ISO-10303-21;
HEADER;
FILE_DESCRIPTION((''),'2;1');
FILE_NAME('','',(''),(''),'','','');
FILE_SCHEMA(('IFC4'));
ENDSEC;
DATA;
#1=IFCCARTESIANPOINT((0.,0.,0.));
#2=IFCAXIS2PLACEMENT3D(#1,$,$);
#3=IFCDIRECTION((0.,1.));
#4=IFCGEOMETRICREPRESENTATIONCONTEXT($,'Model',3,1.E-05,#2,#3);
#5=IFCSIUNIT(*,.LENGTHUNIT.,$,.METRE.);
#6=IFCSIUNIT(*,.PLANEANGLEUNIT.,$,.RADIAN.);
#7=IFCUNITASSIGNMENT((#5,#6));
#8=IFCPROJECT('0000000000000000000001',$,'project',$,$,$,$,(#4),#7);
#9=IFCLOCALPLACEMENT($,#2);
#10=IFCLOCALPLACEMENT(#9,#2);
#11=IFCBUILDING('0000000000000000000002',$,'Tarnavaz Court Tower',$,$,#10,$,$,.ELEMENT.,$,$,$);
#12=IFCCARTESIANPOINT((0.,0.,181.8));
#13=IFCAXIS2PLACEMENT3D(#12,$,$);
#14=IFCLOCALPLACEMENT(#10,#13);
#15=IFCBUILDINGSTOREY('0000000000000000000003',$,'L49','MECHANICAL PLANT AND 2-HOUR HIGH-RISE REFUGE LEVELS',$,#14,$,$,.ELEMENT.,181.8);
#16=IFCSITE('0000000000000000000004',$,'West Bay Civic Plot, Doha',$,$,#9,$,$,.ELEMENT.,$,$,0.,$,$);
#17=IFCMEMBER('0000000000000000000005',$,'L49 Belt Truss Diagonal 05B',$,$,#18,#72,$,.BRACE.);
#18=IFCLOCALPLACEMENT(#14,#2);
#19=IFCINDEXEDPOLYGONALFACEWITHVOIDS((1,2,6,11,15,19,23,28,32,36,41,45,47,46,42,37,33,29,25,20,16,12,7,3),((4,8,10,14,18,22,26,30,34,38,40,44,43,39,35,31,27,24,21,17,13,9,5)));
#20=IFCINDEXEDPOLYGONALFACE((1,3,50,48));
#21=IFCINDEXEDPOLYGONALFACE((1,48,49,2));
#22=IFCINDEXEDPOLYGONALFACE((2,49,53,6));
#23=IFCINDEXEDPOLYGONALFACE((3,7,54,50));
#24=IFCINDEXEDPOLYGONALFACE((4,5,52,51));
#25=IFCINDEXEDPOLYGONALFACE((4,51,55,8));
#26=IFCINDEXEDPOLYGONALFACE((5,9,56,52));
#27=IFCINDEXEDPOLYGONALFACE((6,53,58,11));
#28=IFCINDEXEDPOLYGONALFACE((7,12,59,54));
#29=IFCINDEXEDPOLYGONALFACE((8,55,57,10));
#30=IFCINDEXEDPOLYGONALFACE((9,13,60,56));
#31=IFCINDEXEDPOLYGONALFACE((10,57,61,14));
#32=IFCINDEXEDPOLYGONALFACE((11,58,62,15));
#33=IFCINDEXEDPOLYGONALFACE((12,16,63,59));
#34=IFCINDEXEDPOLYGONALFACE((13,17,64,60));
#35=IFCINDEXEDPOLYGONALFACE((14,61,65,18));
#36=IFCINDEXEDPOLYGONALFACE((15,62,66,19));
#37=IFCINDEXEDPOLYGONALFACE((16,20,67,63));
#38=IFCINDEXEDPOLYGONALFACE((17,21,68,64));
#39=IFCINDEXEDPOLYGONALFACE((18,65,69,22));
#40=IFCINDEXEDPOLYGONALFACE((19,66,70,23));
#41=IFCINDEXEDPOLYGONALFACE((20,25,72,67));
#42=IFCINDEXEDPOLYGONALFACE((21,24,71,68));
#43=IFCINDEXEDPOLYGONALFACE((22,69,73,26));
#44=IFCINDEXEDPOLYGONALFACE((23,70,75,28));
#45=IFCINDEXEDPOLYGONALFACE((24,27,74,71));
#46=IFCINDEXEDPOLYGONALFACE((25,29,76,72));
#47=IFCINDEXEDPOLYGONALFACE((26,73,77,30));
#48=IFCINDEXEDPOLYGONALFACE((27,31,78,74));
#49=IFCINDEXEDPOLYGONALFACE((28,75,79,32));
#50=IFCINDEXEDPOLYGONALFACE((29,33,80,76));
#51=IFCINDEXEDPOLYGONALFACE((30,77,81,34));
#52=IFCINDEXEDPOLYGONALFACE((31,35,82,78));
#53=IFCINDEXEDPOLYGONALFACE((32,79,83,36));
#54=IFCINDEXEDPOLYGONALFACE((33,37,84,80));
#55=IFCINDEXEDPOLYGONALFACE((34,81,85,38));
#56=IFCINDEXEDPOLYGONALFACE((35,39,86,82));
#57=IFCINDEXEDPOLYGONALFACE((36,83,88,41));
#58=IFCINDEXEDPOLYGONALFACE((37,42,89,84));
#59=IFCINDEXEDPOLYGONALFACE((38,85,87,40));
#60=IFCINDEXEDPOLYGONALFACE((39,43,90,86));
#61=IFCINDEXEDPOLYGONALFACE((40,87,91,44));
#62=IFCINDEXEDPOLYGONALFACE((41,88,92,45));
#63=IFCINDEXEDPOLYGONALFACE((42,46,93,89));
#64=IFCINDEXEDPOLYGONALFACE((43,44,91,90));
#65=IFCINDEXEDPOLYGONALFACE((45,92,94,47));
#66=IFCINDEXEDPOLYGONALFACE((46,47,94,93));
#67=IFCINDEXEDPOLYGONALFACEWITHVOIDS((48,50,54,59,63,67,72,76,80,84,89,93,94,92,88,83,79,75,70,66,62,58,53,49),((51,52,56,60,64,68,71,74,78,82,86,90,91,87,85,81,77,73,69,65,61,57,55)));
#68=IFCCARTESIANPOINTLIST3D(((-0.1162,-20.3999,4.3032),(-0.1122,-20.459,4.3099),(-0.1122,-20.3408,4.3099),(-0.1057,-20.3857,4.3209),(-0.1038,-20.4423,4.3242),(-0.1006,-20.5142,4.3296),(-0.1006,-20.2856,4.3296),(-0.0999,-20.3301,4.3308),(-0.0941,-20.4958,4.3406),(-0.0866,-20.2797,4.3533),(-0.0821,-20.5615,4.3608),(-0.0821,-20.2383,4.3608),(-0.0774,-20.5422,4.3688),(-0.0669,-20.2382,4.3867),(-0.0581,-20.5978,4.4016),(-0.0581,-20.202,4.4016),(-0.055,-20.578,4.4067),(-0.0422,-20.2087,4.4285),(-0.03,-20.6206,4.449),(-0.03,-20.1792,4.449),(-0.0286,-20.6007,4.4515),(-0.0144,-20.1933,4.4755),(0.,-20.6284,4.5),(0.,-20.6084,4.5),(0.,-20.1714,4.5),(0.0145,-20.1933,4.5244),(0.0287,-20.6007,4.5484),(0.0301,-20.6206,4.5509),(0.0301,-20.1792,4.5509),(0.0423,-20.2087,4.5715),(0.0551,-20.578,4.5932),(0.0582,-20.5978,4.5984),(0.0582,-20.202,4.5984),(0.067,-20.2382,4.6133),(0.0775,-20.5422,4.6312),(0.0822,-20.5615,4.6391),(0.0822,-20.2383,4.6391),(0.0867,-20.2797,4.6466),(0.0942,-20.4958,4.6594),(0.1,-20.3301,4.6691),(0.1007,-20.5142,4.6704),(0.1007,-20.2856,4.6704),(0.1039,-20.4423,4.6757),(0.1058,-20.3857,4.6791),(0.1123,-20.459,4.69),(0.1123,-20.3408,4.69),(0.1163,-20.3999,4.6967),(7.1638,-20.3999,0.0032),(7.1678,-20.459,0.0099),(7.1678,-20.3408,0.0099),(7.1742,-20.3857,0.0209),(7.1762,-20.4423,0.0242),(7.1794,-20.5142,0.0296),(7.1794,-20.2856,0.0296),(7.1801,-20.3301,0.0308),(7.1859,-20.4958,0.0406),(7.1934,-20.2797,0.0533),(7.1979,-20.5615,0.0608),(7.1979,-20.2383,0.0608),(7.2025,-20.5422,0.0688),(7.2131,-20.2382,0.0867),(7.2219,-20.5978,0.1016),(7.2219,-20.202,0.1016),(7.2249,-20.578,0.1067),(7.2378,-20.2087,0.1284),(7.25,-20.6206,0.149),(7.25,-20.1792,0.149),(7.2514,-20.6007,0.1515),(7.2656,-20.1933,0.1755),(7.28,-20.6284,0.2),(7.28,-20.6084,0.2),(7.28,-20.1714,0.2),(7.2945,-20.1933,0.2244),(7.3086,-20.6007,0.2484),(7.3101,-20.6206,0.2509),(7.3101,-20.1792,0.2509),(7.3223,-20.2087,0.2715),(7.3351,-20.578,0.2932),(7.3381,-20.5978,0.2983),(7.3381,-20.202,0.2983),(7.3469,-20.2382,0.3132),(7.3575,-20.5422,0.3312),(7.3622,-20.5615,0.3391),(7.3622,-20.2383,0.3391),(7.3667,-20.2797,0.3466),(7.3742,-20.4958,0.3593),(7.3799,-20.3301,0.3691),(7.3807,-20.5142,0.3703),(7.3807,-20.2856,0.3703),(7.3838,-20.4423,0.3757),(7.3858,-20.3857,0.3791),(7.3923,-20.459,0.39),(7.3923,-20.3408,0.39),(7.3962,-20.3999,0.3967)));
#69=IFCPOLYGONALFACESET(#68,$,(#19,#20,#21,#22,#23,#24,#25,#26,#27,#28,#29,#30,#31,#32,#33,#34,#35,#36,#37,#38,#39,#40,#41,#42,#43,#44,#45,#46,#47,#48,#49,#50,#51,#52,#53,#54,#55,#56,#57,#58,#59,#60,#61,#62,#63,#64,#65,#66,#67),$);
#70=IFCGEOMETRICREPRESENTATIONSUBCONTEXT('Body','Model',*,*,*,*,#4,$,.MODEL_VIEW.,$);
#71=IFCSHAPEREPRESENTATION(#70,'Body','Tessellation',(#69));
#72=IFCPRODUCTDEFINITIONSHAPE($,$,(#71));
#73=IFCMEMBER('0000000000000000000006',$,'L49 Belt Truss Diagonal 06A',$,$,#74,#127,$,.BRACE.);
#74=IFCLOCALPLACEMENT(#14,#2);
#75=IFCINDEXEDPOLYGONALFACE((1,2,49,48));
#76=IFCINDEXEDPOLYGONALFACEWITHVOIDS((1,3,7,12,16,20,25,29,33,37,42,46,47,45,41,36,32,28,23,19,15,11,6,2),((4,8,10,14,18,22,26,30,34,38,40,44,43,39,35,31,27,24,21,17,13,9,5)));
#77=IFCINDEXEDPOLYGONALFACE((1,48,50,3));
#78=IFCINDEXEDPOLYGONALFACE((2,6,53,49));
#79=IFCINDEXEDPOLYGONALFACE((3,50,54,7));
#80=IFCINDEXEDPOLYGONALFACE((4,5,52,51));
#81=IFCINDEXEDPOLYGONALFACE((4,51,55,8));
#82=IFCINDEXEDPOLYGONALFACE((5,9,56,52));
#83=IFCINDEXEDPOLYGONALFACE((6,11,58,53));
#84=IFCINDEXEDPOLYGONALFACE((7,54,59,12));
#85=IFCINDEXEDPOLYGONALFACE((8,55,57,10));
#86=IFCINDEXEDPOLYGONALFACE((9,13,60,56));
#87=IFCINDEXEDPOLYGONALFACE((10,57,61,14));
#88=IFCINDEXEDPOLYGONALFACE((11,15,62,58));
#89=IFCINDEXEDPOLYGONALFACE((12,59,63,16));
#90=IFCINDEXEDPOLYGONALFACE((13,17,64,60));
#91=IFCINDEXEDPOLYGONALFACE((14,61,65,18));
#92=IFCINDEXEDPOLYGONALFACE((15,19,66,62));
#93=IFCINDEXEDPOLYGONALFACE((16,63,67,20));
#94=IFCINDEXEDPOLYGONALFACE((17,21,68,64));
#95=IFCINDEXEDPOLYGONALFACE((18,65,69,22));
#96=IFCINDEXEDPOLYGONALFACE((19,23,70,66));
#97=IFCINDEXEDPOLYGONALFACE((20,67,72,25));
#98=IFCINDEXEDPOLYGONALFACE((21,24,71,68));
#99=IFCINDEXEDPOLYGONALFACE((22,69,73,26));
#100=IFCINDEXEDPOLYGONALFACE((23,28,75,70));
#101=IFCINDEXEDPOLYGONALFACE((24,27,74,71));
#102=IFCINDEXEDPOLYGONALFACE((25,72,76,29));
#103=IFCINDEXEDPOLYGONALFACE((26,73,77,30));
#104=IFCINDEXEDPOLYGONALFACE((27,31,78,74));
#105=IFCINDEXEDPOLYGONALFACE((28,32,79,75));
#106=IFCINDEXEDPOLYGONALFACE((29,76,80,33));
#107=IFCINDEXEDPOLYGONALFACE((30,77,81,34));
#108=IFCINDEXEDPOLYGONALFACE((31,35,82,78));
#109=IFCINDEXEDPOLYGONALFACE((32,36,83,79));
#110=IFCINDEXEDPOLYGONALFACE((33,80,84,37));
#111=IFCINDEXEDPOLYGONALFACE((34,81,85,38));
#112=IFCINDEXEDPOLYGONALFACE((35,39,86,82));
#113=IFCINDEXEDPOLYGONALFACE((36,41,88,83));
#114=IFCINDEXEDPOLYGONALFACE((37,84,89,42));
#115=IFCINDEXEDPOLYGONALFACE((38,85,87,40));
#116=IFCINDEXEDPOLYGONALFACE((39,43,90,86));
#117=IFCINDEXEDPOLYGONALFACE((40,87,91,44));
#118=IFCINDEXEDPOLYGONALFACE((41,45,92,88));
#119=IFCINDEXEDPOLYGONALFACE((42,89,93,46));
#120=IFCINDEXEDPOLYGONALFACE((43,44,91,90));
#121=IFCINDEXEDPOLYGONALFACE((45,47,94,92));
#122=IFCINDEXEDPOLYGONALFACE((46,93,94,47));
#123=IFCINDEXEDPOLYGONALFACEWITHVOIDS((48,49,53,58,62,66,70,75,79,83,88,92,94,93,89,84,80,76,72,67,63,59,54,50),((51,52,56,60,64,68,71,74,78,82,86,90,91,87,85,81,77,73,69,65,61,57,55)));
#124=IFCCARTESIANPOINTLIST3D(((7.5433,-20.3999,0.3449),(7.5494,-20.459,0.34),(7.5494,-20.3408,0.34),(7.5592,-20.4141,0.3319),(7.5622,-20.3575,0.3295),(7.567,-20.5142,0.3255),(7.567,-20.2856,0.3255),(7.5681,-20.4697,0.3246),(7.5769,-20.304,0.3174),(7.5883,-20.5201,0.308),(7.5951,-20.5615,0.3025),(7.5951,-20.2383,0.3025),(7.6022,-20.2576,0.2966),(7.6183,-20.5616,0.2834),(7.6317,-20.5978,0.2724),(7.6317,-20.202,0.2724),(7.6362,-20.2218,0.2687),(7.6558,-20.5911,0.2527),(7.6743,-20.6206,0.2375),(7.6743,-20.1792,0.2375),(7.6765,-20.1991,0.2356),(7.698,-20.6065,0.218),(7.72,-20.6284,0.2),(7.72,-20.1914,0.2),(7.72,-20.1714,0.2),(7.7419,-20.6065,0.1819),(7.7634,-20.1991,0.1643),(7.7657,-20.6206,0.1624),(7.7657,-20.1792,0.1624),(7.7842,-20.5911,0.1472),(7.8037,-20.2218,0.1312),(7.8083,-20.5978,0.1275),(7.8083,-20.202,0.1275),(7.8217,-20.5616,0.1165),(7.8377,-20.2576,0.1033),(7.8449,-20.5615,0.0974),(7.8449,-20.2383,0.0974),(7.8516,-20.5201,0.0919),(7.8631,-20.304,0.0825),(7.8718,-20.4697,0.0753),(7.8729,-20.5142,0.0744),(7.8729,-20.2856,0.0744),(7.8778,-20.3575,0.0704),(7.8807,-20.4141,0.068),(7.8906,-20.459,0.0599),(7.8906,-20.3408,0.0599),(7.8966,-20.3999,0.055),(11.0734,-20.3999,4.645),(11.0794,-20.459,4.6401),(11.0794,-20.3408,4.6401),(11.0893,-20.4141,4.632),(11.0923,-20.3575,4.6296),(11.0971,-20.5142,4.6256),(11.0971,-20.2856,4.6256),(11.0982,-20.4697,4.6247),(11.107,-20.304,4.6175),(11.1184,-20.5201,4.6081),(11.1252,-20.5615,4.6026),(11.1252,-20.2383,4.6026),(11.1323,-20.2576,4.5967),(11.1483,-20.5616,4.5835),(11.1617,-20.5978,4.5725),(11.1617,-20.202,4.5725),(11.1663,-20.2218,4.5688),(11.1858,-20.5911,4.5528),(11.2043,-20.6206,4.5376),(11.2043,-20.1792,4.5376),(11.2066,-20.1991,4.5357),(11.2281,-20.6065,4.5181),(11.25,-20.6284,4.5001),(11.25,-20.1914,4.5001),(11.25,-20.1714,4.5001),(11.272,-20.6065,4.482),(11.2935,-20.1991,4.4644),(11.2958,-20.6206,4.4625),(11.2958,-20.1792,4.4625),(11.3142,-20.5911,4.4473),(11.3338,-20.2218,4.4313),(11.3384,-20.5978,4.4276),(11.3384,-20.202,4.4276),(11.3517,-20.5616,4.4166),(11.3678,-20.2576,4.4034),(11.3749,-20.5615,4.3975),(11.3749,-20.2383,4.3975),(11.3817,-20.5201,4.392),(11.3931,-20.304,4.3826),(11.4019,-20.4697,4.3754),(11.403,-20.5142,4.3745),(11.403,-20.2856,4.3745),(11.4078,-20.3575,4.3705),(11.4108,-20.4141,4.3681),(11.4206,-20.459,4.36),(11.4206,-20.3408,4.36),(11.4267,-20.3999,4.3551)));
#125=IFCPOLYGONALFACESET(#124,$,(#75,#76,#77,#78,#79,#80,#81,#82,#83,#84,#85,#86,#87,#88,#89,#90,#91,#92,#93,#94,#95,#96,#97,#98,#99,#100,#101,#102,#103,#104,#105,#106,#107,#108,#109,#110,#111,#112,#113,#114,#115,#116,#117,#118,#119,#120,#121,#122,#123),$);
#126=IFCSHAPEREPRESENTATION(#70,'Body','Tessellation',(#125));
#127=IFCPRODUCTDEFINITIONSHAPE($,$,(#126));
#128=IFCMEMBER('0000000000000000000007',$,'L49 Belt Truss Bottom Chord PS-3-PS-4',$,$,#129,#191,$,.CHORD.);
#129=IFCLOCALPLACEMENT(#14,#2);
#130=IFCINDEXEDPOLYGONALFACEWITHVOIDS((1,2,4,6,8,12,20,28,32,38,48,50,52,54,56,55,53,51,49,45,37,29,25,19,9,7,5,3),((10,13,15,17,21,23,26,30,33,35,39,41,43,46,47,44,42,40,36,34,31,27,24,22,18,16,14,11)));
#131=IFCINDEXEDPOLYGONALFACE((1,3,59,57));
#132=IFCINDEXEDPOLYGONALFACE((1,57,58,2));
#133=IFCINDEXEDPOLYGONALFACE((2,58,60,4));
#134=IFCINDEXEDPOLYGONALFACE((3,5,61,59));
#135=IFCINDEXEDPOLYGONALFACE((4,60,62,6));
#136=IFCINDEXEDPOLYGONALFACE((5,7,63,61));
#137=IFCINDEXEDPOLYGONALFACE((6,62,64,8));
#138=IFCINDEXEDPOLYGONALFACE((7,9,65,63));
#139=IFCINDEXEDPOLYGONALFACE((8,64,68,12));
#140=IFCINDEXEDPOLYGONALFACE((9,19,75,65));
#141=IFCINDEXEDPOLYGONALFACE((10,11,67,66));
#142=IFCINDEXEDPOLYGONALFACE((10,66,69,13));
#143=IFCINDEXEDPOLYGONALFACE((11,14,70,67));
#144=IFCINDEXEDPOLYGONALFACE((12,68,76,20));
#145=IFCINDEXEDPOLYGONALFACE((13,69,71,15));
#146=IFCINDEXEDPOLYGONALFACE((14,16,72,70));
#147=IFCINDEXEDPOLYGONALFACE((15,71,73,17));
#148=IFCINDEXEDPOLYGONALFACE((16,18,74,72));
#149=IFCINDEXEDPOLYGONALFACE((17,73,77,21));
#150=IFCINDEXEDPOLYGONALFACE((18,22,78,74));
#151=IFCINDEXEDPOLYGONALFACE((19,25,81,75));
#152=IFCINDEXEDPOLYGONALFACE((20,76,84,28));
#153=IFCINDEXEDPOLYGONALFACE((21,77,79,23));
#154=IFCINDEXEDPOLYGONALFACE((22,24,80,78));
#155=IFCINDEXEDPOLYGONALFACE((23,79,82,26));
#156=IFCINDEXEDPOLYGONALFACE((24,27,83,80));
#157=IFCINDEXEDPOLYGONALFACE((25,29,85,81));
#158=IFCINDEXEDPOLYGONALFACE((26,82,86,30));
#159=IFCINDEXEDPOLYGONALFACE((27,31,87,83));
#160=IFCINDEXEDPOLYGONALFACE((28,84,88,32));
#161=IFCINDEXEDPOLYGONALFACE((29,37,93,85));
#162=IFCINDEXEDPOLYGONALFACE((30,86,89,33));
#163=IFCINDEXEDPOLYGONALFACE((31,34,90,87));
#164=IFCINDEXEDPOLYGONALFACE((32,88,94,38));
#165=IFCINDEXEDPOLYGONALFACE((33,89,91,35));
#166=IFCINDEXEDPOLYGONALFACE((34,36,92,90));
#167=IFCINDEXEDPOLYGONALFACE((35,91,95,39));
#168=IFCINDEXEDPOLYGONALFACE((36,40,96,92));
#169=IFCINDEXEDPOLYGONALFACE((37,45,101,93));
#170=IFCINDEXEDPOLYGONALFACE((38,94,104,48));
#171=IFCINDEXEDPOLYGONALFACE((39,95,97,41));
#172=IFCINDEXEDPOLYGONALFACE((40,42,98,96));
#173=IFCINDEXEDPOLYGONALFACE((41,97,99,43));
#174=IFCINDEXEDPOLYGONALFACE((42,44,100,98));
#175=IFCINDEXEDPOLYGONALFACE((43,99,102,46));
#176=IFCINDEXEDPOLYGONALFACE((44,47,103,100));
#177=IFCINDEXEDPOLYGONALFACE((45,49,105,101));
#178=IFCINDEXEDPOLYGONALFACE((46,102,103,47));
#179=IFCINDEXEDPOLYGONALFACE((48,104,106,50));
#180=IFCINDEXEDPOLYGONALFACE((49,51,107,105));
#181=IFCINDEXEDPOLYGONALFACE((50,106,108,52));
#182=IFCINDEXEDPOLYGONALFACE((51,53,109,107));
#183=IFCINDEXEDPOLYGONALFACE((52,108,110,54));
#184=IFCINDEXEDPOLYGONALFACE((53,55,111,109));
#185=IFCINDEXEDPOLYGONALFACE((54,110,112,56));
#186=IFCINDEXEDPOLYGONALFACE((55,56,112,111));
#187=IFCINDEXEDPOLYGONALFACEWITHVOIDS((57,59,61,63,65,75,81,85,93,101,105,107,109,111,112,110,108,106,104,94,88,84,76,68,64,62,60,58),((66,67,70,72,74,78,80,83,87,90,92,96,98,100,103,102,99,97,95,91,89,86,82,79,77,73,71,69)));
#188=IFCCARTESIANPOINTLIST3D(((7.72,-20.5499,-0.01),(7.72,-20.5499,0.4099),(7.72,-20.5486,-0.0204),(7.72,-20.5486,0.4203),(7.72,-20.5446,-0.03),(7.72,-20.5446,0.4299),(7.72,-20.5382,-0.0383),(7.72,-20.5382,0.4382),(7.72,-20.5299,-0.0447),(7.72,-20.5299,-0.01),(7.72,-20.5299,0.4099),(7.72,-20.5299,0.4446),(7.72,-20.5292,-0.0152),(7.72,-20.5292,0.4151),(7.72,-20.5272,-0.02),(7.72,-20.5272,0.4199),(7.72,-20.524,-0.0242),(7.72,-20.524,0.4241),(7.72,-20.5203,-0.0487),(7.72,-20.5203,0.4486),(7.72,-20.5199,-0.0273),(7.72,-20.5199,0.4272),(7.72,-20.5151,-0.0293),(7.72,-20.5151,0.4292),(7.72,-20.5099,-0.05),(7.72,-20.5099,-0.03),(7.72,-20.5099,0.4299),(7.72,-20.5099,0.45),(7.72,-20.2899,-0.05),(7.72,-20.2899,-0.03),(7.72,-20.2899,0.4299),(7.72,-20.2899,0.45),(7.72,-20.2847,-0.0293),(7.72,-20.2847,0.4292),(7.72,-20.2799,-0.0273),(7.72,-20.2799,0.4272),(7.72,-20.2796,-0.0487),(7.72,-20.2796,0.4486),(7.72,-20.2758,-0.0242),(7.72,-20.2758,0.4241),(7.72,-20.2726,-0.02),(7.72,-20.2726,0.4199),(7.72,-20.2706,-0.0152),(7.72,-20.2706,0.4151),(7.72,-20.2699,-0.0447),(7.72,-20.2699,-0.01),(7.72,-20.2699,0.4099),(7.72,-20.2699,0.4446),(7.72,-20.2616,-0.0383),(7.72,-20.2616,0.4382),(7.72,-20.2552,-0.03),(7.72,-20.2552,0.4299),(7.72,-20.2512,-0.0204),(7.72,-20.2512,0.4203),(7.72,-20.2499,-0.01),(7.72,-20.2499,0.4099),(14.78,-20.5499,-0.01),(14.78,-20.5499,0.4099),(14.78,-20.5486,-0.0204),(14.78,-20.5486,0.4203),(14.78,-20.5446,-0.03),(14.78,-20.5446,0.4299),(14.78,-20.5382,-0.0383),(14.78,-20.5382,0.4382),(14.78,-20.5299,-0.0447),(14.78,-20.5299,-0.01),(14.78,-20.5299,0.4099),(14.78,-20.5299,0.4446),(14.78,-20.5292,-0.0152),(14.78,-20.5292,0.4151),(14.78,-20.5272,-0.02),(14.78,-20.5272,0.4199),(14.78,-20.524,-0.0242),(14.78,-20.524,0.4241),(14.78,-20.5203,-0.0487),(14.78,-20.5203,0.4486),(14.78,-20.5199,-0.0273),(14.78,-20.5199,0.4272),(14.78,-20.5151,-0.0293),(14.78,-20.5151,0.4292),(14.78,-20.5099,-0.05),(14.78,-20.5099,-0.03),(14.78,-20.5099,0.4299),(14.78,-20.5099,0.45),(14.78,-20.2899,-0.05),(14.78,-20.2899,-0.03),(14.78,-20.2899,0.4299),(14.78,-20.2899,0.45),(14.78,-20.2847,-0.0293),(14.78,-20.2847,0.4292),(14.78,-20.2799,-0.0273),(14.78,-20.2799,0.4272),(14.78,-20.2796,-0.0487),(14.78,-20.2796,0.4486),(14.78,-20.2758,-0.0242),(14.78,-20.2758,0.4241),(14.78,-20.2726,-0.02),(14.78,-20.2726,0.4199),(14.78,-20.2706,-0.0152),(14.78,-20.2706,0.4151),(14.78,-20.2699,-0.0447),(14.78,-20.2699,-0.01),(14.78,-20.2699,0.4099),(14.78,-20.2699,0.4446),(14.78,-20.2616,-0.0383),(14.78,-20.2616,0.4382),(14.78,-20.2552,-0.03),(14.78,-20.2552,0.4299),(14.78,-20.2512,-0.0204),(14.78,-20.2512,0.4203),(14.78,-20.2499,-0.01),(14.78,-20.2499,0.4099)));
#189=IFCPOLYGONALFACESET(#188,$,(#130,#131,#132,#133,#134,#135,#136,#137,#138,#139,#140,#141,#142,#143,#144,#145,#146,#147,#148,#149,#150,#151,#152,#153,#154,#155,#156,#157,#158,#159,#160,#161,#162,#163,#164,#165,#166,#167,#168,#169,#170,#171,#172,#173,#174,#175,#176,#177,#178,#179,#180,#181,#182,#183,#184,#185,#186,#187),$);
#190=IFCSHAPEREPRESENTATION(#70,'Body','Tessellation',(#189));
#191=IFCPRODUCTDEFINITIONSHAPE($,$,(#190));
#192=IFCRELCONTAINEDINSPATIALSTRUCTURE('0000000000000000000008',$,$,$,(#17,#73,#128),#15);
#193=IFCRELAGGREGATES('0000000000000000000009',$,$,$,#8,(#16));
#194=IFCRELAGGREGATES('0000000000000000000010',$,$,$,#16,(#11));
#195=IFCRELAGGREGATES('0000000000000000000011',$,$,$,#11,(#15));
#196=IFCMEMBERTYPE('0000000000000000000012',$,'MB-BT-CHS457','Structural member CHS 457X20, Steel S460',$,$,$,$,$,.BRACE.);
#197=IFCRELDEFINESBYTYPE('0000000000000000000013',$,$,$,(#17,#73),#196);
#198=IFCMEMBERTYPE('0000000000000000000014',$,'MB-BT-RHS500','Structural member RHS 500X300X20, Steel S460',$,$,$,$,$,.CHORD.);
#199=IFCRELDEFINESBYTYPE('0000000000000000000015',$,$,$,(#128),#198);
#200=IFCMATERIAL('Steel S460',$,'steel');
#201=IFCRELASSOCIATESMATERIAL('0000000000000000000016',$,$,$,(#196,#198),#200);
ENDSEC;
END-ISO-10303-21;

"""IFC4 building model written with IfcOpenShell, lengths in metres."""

from ifc_helpers import new_model, si_unit, direction, frame, origin, origin_2d, place, context, subcontext, project, spatial, hollow_rectangle, hollow_circle, extrude, material, material_profile, profile_set, type_object, element, save


model = new_model("IFC4")

# Units and contexts
model_context = context("Model", 3, precision=1e-05, world=origin(), true_north=direction((0.0, 1.0)))
body_context = subcontext(model_context, "Body", "Model", "MODEL_VIEW")
ifc_project = project(units=[si_unit("LENGTHUNIT", "METRE"), si_unit("PLANEANGLEUNIT", "RADIAN")], contexts=[model_context])

# Site, building, storey
site_placement = place(None, origin())
site = spatial("IfcSite", under=ifc_project, at=site_placement, Name="West Bay Civic Plot, Doha", CompositionType="ELEMENT", RefElevation=0.0)
building_placement = place(site_placement, origin())
building = spatial("IfcBuilding", under=site, at=building_placement, Name="Tarnavaz Court Tower", CompositionType="ELEMENT")
storey_placement = place(building_placement, frame((0.0, 0.0, 181.8)))
storey = spatial("IfcBuildingStorey", under=building, at=storey_placement, Name="L49", Description="MECHANICAL PLANT AND 2-HOUR HIGH-RISE REFUGE LEVELS", CompositionType="ELEMENT", Elevation=181.8)

# Shared definitions
ifc_material_1 = material(Name="Steel S460", Category="steel")

# Members
ifc_material_profile_1 = material_profile(ifc_material_1, hollow_circle(Radius=0.2285, WallThickness=0.02, at=origin_2d()), Name="CHS 457X20")
ifc_profile_set_1 = profile_set([ifc_material_profile_1], Name="Steel S460")
member_type_1 = type_object("IfcMemberType", Name="MB-BT-CHS457", Description="Structural member CHS 457X20, Steel S460", PredefinedType="BRACE", material=ifc_profile_set_1)
member_1_placement = place(storey_placement, frame((7.28, -20.3999, 0.2), z_axis=(-0.861019, 0.0, 0.508573), x_axis=(0.0, -1.0, 0.0)))
element("IfcMember", 1, at=member_1_placement, inside=storey, type_object=member_type_1, Name="L49 Belt Truss Diagonal 05B", PredefinedType="BRACE", context=body_context, shape_type="SweptSolid", body=[
    extrude(hollow_circle(Radius=0.2285, WallThickness=0.02, at=origin_2d()), origin(), (0.0, 0.0, 1.0), 8.4551),
])
member_2_placement = place(storey_placement, frame((7.72, -20.3999, 0.2), z_axis=(0.634508, 0.0, 0.772916), x_axis=(0.0, 1.0, 0.0)))
element("IfcMember", 2, at=member_2_placement, inside=storey, type_object=member_type_1, Name="L49 Belt Truss Diagonal 06A", PredefinedType="BRACE", context=body_context, shape_type="SweptSolid", body=[
    extrude(hollow_circle(Radius=0.2285, WallThickness=0.02, at=origin_2d()), origin(), (0.0, 0.0, 1.0), 5.5635),
])
ifc_material_profile_2 = material_profile(ifc_material_1, hollow_rectangle(XDim=0.3, YDim=0.5, WallThickness=0.02, InnerFilletRadius=0.02, OuterFilletRadius=0.04, at=origin_2d()), Name="RHS 500X300X20")
ifc_profile_set_2 = profile_set([ifc_material_profile_2], Name="Steel S460")
member_type_2 = type_object("IfcMemberType", Name="MB-BT-RHS500", Description="Structural member RHS 500X300X20, Steel S460", PredefinedType="CHORD", material=ifc_profile_set_2)
member_3_placement = place(storey_placement, frame((7.72, -20.3999, 0.2), z_axis=(1.0, 0.0, 0.0), x_axis=(0.0, 1.0, 0.0)))
element("IfcMember", 3, at=member_3_placement, inside=storey, type_object=member_type_2, Name="L49 Belt Truss Bottom Chord PS-3-PS-4", PredefinedType="CHORD", context=body_context, shape_type="SweptSolid", body=[
    extrude(hollow_rectangle(XDim=0.3, YDim=0.5, WallThickness=0.02, InnerFilletRadius=0.02, OuterFilletRadius=0.04, at=origin_2d()), origin(), (0.0, 0.0, 1.0), 7.0601),
])

save(model, "model.ifc")
